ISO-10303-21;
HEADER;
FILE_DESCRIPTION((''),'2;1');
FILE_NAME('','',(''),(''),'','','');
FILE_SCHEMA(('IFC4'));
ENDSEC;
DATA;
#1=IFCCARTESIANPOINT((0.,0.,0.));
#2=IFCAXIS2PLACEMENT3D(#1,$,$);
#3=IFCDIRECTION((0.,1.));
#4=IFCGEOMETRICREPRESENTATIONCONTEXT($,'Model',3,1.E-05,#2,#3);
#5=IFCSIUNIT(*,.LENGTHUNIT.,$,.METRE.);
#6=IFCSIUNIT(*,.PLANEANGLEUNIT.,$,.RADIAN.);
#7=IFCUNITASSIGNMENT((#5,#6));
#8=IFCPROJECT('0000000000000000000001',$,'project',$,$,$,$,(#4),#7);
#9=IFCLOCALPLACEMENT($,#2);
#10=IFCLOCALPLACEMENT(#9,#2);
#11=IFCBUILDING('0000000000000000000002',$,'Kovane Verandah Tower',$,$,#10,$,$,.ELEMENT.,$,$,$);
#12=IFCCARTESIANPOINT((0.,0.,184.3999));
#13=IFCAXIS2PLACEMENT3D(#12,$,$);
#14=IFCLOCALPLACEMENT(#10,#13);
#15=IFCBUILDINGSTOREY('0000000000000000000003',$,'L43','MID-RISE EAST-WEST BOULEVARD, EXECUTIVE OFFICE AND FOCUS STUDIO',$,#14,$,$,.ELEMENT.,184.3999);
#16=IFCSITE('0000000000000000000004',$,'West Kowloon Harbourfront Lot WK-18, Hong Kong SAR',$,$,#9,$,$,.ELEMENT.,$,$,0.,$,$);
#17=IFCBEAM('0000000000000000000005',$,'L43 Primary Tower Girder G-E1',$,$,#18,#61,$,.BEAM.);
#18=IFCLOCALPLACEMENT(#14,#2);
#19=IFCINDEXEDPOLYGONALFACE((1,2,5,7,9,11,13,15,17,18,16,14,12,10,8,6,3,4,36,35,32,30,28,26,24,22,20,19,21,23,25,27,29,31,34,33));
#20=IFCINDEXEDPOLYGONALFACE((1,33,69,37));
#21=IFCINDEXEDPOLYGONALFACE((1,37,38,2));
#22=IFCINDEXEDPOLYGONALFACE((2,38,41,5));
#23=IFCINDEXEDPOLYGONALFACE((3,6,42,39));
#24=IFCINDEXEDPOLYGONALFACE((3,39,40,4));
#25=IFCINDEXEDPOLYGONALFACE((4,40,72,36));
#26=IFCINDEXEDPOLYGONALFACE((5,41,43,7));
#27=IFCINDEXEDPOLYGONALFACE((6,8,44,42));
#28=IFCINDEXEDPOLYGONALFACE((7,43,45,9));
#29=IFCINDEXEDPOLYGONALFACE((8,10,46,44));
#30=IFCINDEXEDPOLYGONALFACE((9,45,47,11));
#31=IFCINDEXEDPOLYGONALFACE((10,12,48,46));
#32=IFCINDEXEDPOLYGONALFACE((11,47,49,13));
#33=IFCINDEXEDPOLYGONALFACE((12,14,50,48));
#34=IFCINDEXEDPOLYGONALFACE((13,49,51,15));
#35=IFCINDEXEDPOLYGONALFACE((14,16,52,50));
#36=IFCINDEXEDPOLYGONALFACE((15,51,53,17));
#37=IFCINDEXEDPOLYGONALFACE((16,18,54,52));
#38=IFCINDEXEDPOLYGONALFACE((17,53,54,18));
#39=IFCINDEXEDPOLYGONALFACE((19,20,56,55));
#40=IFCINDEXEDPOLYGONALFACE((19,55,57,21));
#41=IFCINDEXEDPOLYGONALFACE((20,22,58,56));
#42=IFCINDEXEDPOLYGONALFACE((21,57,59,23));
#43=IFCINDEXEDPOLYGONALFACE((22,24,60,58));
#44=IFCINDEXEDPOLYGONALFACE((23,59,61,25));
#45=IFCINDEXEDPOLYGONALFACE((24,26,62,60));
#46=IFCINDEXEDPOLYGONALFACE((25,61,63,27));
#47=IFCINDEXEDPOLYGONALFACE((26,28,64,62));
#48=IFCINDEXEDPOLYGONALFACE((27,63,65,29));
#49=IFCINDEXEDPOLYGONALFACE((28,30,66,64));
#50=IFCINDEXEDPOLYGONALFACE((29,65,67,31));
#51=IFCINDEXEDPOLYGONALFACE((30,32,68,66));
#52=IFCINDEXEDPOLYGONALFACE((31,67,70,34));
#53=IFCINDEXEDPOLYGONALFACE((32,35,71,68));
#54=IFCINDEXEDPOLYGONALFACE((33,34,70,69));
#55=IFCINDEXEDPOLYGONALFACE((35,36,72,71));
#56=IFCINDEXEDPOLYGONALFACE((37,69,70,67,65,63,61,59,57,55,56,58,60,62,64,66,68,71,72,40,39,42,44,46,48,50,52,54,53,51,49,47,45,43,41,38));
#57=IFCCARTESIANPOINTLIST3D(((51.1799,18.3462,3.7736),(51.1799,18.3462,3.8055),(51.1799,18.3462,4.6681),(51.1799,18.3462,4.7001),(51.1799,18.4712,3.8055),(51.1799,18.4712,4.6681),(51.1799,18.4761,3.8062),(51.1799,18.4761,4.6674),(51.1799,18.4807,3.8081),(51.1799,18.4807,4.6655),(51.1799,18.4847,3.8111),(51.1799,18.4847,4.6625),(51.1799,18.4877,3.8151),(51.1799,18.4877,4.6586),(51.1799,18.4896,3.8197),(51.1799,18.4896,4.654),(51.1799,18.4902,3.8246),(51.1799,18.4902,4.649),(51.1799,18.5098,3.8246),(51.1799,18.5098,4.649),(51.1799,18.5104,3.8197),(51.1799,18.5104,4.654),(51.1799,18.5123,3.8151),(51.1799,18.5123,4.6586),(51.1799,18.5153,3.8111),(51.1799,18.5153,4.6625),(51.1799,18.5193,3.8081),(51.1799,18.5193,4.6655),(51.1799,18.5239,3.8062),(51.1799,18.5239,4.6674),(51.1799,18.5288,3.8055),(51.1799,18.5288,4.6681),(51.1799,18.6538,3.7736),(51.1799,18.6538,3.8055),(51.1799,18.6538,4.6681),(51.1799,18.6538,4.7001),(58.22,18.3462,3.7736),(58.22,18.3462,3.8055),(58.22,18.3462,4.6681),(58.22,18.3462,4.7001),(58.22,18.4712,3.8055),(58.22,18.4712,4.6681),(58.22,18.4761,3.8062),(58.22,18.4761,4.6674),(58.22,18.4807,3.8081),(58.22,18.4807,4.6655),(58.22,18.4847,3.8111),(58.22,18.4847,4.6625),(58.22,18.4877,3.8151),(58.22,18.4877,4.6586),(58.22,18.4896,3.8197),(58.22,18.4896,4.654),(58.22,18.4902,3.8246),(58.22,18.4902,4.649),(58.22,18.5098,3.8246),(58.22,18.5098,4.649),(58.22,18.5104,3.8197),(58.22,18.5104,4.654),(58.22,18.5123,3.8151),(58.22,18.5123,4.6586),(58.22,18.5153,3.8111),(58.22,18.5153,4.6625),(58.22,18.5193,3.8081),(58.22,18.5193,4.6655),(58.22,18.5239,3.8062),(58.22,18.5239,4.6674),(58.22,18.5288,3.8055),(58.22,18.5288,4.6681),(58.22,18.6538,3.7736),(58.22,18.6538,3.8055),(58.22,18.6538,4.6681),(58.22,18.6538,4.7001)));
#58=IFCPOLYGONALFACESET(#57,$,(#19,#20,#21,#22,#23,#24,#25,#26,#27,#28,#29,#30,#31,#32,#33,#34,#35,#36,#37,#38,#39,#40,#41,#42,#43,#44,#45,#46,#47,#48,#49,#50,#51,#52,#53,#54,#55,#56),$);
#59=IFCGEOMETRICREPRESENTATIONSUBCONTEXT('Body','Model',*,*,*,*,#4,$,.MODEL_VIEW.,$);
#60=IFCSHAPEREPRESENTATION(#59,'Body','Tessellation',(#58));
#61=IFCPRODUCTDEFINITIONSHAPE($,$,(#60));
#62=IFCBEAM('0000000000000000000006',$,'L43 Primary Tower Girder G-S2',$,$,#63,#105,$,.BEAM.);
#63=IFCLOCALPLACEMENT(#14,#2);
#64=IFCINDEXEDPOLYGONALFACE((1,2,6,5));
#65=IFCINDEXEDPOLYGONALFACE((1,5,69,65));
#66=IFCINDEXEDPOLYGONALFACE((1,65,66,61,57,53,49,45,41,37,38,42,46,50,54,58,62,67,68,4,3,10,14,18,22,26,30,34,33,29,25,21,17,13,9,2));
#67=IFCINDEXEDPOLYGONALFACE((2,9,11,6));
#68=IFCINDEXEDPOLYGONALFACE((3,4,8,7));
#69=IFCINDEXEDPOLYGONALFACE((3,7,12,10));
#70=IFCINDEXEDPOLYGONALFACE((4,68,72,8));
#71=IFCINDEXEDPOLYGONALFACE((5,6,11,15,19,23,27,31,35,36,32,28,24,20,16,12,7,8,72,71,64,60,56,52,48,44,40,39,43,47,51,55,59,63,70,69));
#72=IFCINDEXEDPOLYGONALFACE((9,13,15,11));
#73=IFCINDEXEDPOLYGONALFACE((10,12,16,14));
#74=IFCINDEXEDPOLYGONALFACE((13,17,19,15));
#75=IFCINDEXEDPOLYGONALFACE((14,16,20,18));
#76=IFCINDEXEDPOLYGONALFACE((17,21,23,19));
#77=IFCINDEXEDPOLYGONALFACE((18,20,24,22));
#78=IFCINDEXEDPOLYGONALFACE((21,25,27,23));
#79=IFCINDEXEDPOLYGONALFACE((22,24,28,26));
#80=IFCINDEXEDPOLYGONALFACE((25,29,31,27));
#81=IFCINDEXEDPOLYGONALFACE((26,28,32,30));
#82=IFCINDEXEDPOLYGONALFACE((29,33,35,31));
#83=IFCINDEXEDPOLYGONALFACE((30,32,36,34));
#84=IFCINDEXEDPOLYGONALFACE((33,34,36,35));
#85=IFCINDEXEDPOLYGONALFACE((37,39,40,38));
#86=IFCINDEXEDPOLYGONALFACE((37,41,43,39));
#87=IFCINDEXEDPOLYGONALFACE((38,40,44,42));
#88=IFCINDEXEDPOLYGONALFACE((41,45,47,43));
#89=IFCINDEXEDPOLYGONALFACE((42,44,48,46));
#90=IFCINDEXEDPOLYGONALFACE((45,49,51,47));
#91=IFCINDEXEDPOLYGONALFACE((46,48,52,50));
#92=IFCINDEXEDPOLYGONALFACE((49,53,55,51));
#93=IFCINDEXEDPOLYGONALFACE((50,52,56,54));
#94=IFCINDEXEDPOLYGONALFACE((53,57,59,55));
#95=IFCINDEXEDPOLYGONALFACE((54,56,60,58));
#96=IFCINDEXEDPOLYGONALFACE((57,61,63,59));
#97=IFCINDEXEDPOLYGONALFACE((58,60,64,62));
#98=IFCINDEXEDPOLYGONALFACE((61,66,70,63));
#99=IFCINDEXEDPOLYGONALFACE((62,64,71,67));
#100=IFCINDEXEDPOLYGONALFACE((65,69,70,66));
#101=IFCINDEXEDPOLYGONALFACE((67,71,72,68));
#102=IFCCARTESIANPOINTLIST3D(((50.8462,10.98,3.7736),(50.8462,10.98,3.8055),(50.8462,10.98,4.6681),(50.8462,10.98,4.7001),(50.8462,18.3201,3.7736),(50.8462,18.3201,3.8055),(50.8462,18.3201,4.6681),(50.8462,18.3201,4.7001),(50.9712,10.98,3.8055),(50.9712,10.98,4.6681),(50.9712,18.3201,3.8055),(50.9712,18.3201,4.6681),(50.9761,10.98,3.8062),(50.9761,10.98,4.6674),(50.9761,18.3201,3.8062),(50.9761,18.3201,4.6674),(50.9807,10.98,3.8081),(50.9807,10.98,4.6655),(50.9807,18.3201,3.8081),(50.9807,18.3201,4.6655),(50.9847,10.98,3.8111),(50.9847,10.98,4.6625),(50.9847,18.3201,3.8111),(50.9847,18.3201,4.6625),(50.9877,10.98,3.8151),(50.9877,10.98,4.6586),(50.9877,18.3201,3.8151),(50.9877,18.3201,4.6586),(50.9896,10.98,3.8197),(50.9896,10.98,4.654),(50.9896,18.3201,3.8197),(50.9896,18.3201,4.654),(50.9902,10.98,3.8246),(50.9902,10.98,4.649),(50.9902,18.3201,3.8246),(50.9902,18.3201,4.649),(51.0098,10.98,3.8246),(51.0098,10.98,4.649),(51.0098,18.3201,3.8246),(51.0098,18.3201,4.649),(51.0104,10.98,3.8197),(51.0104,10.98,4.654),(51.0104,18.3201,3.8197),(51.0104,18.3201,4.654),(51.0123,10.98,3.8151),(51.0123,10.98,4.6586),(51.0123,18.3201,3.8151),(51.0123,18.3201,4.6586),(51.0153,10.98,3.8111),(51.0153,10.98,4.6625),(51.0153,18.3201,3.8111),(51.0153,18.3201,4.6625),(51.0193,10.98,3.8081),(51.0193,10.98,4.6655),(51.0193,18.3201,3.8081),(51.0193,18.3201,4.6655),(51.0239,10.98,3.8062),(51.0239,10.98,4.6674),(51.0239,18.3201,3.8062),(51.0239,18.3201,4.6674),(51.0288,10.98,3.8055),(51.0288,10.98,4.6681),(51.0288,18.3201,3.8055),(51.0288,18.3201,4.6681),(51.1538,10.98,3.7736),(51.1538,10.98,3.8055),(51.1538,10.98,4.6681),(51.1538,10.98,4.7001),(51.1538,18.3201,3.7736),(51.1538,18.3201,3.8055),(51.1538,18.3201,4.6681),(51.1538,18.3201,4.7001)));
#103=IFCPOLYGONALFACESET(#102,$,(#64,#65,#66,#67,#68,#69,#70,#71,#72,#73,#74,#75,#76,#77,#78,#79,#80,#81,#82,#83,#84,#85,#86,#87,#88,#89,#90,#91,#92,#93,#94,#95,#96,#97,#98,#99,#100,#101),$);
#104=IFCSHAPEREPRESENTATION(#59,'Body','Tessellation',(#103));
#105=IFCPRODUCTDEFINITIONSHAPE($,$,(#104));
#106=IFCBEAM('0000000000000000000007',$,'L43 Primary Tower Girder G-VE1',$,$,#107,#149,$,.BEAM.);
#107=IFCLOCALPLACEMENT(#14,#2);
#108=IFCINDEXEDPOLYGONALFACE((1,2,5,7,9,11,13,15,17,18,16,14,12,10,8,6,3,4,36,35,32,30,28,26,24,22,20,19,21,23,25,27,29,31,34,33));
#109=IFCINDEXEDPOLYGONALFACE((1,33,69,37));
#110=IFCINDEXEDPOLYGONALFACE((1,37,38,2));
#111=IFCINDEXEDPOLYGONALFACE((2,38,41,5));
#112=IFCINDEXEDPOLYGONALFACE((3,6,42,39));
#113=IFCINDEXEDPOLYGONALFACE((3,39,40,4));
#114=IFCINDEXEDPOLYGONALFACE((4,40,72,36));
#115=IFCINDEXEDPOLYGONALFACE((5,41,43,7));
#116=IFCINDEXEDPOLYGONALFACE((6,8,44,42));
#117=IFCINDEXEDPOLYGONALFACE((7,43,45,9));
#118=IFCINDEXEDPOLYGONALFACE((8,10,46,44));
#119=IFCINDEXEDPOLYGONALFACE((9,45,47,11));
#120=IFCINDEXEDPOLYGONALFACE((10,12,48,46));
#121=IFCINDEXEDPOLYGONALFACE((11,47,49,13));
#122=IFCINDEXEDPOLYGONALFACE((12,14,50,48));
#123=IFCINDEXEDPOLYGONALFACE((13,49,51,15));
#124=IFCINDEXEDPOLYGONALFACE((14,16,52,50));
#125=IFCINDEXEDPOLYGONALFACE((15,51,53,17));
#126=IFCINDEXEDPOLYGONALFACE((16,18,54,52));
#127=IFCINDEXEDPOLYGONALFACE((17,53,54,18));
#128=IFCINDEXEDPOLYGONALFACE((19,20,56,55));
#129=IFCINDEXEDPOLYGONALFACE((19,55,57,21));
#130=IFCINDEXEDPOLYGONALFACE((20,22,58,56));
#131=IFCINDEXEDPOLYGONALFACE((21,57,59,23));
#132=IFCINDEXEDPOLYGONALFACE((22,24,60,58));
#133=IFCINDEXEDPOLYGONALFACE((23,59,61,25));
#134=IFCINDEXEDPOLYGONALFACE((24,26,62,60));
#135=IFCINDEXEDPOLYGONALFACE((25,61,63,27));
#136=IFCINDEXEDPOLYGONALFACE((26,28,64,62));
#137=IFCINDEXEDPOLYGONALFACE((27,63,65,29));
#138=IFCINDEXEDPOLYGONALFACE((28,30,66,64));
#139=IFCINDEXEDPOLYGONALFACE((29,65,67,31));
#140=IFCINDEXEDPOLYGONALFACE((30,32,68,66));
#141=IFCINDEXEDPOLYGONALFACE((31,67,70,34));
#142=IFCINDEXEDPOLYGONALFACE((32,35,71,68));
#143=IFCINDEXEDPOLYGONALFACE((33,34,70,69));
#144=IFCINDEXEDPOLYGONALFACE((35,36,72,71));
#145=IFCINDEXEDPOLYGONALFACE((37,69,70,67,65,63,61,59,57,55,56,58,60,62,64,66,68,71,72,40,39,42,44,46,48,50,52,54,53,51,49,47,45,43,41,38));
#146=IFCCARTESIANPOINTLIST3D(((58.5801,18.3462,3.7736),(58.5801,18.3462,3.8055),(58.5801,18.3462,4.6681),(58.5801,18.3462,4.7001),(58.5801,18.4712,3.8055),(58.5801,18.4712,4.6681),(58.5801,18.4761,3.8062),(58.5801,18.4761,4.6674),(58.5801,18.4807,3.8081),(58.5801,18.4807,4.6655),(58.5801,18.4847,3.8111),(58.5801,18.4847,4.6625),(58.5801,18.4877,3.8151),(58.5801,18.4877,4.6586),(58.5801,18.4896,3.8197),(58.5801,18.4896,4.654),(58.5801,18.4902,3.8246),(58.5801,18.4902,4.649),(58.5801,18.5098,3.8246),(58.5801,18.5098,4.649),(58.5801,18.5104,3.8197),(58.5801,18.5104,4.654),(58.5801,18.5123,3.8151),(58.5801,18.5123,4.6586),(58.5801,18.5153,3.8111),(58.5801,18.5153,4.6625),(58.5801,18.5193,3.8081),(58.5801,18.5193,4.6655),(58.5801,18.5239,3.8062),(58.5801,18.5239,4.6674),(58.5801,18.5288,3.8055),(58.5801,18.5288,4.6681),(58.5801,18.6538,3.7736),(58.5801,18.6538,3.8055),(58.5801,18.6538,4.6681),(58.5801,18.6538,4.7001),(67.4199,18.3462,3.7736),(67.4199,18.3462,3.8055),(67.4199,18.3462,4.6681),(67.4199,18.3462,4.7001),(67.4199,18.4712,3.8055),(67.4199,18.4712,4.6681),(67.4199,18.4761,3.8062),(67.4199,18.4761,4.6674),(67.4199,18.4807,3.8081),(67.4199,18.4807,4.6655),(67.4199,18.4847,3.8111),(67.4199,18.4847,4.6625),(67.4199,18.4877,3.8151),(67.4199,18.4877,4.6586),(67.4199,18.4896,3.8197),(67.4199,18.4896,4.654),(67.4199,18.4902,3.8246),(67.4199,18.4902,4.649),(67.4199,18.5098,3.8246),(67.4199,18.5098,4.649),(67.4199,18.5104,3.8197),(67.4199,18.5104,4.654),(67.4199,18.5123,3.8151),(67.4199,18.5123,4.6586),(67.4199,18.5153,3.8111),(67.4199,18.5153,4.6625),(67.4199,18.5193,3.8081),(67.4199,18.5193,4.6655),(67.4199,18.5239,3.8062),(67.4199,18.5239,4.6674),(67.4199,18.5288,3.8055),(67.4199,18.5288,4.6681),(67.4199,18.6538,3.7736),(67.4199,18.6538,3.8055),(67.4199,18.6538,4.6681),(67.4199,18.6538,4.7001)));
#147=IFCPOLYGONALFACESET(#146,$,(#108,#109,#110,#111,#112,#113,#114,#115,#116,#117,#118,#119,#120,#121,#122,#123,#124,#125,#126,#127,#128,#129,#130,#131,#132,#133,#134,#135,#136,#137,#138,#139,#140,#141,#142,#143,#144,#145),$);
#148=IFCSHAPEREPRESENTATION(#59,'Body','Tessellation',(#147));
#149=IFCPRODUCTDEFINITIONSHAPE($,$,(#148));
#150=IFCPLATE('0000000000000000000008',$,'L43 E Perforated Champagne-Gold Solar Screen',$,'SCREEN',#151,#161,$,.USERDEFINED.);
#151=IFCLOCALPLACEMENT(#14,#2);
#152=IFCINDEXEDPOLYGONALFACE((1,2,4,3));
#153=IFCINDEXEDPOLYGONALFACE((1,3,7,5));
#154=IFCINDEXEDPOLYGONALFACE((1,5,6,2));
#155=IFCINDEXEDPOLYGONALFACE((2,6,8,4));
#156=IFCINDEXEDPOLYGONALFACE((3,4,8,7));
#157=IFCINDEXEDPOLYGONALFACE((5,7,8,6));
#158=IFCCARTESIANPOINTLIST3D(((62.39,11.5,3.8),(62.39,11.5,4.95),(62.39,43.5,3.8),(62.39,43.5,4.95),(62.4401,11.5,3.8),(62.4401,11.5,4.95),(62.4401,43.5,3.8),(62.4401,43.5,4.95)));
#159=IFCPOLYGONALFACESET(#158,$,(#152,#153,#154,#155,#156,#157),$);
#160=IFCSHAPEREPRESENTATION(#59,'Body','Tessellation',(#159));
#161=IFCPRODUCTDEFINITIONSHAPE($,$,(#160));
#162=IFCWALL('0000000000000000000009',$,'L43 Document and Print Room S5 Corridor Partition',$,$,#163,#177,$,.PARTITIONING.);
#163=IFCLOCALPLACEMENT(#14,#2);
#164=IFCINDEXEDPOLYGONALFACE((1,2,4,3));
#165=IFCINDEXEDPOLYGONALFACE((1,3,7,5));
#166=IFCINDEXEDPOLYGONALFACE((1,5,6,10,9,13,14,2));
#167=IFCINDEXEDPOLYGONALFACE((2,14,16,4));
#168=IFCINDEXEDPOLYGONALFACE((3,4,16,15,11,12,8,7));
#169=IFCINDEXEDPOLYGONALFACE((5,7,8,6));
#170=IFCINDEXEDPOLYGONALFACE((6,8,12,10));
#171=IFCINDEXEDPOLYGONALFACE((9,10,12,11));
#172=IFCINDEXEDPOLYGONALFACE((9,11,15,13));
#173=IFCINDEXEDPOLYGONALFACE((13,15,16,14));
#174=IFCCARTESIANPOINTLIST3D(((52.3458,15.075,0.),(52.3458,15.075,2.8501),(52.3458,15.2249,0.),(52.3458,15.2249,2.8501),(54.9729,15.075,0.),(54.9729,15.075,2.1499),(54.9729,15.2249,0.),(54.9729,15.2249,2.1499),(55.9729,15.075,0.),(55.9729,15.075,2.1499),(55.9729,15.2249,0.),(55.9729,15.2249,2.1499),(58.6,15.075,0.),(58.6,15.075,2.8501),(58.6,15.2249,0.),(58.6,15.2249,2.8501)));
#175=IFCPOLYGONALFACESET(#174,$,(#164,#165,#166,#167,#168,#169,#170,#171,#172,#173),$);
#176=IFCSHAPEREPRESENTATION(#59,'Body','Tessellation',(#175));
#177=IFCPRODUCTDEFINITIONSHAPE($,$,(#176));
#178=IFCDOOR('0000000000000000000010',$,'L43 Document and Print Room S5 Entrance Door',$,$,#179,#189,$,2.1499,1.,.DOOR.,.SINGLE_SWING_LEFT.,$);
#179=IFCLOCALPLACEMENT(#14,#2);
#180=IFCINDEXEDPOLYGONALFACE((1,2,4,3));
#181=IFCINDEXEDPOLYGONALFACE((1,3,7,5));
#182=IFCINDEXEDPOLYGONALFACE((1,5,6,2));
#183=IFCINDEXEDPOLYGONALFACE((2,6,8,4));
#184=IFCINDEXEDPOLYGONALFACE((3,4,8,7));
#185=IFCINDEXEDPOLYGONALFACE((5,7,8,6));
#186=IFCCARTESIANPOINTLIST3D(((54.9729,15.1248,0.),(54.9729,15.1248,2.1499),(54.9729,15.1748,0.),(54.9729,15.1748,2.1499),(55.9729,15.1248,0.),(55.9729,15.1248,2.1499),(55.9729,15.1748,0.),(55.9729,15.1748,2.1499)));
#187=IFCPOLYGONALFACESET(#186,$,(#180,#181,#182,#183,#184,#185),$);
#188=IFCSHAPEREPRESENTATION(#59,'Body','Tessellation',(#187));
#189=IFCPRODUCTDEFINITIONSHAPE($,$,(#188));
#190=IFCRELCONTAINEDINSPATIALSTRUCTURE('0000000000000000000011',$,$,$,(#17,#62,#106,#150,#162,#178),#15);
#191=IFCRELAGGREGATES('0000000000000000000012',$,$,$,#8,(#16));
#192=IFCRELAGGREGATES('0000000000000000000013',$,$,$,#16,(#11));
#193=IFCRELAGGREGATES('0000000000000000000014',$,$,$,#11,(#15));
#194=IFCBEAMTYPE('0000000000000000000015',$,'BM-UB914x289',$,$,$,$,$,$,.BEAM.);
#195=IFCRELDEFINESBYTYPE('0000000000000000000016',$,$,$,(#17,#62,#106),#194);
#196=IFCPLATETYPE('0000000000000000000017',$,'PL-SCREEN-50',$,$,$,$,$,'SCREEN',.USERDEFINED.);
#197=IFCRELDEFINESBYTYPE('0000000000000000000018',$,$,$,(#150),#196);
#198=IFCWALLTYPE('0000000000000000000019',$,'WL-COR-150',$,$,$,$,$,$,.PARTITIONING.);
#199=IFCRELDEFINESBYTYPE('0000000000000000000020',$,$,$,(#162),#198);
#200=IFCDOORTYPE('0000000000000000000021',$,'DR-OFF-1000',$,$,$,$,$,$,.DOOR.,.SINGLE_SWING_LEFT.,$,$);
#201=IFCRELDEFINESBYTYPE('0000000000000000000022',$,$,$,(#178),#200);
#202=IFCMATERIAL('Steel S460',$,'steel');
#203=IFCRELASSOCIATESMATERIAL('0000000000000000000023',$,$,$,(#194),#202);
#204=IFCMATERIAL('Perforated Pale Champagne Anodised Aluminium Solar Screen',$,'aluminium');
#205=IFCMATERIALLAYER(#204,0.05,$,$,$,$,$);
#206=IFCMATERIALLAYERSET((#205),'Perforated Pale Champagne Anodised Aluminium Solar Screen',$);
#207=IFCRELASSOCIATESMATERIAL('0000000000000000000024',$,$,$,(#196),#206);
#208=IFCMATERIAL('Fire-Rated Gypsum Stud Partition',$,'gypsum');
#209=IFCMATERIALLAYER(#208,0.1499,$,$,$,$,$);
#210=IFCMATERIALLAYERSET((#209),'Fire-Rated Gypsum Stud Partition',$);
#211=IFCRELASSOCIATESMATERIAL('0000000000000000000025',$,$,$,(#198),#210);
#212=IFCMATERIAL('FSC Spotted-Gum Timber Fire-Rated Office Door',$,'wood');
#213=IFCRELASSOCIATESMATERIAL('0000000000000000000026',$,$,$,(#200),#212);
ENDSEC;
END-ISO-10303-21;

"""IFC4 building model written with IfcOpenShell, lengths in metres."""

from ifc_helpers import new_model, si_unit, direction, frame, frame_2d, origin, origin_2d, place, context, subcontext, project, spatial, rectangle, i_section, extrude, material, layer, layer_set, material_profile, profile_set, type_object, element, fill, save


model = new_model("IFC4")

# Units and contexts
model_context = context("Model", 3, precision=1e-05, world=origin(), true_north=direction((0.0, 1.0)))
body_context = subcontext(model_context, "Body", "Model", "MODEL_VIEW")
ifc_project = project(units=[si_unit("LENGTHUNIT", "METRE"), si_unit("PLANEANGLEUNIT", "RADIAN")], contexts=[model_context])

# Site, building, storey
site_placement = place(None, origin())
site = spatial("IfcSite", under=ifc_project, at=site_placement, Name="West Kowloon Harbourfront Lot WK-18, Hong Kong SAR", CompositionType="ELEMENT", RefElevation=0.0)
building_placement = place(site_placement, origin())
building = spatial("IfcBuilding", under=site, at=building_placement, Name="Kovane Verandah Tower", CompositionType="ELEMENT")
storey_placement = place(building_placement, frame((0.0, 0.0, 184.3999)))
storey = spatial("IfcBuildingStorey", under=building, at=storey_placement, Name="L43", Description="MID-RISE EAST-WEST BOULEVARD, EXECUTIVE OFFICE AND FOCUS STUDIO", CompositionType="ELEMENT", Elevation=184.3999)

# Shared definitions
ifc_material_1 = material(Name="Steel S460", Category="steel")

# Beams
ifc_material_profile_1 = material_profile(ifc_material_1, i_section(OverallWidth=0.3076, OverallDepth=0.9265, WebThickness=0.0195, FlangeThickness=0.032, FilletRadius=0.019, at=origin_2d()), Name="UB914x305x289")
ifc_profile_set_1 = profile_set([ifc_material_profile_1], Name="Steel S460")
beam_type_1 = type_object("IfcBeamType", Name="BM-UB914x289", PredefinedType="BEAM", material=ifc_profile_set_1)
beam_1_placement = place(storey_placement, frame((51.1799, 18.5, 4.2368), z_axis=(1.0, 0.0, 0.0), x_axis=(0.0, 1.0, 0.0)))
element("IfcBeam", 1, at=beam_1_placement, inside=storey, type_object=beam_type_1, Name="L43 Primary Tower Girder G-E1", PredefinedType="BEAM", context=body_context, shape_type="SweptSolid", body=[
    extrude(i_section(OverallWidth=0.3076, OverallDepth=0.9265, WebThickness=0.0195, FlangeThickness=0.032, FilletRadius=0.019, at=origin_2d()), origin(), (0.0, 0.0, 1.0), 7.04),
])
beam_2_placement = place(storey_placement, frame((51.0, 18.3201, 4.2368), z_axis=(0.0, -1.0, 0.0), x_axis=(1.0, 0.0, 0.0)))
element("IfcBeam", 2, at=beam_2_placement, inside=storey, type_object=beam_type_1, Name="L43 Primary Tower Girder G-S2", PredefinedType="BEAM", context=body_context, shape_type="SweptSolid", body=[
    extrude(i_section(OverallWidth=0.3076, OverallDepth=0.9265, WebThickness=0.0195, FlangeThickness=0.032, FilletRadius=0.019, at=origin_2d()), origin(), (0.0, 0.0, 1.0), 7.3401),
])
beam_3_placement = place(storey_placement, frame((58.5801, 18.5, 4.2368), z_axis=(1.0, 0.0, 0.0), x_axis=(0.0, 1.0, 0.0)))
element("IfcBeam", 3, at=beam_3_placement, inside=storey, type_object=beam_type_1, Name="L43 Primary Tower Girder G-VE1", PredefinedType="BEAM", context=body_context, shape_type="SweptSolid", body=[
    extrude(i_section(OverallWidth=0.3076, OverallDepth=0.9265, WebThickness=0.0195, FlangeThickness=0.032, FilletRadius=0.019, at=origin_2d()), origin(), (0.0, 0.0, 1.0), 8.8398),
])

# Plate
ifc_material_2 = material(Name="Perforated Pale Champagne Anodised Aluminium Solar Screen", Category="aluminium")
ifc_layer_1 = layer(ifc_material_2, 0.05)
ifc_layer_set_1 = layer_set([ifc_layer_1], Name="Perforated Pale Champagne Anodised Aluminium Solar Screen")
plate_type = type_object("IfcPlateType", Name="PL-SCREEN-50", ElementType="SCREEN", PredefinedType="USERDEFINED", material=ifc_layer_set_1)
plate_placement = place(storey_placement, frame((62.415, 27.5, 3.8), z_axis=(0.0, 0.0, 1.0), x_axis=(0.0, 1.0, 0.0)))
element("IfcPlate", 4, at=plate_placement, inside=storey, type_object=plate_type, Name="L43 E Perforated Champagne-Gold Solar Screen", ObjectType="SCREEN", PredefinedType="USERDEFINED", context=body_context, shape_type="SweptSolid", body=[
    extrude(rectangle(XDim=32.0, YDim=0.05, at=origin_2d()), origin(), (0.0, 0.0, 1.0), 1.1499),
])

# Wall, opening, door
ifc_material_3 = material(Name="Fire-Rated Gypsum Stud Partition", Category="gypsum")
ifc_layer_2 = layer(ifc_material_3, 0.1499)
ifc_layer_set_2 = layer_set([ifc_layer_2], Name="Fire-Rated Gypsum Stud Partition")
wall_type_1 = type_object("IfcWallType", Name="WL-COR-150", PredefinedType="PARTITIONING", material=ifc_layer_set_2)
wall_1_placement = place(storey_placement, frame((52.3459, 15.1499, 0.0), z_axis=(0.0, 0.0, 1.0), x_axis=(1.0, 0.0, 0.0)))
wall_1 = element("IfcWall", 5, at=wall_1_placement, inside=storey, type_object=wall_type_1, Name="L43 Document and Print Room S5 Corridor Partition", PredefinedType="PARTITIONING", context=body_context, shape_type="SweptSolid", body=[
    extrude(rectangle(XDim=6.2542, YDim=0.1499, at=frame_2d((3.127, 0.0))), origin(), (0.0, 0.0, 1.0), 2.8501),
])
opening_1_placement = place(wall_1_placement, frame((2.627, 0.0, 0.0)))
opening_1 = element("IfcOpeningElement", 6, at=opening_1_placement, cuts=wall_1, PredefinedType="OPENING", context=body_context, shape_type="SweptSolid", body=[
    extrude(rectangle(XDim=1.0, YDim=2.1499, at=frame_2d((0.5, 1.075))), frame((0.0, 0.075, 0.0), z_axis=(0.0, -1.0, 0.0), x_axis=(1.0, 0.0, 0.0)), (0.0, 0.0, 1.0), 0.1499),
])
ifc_material_4 = material(Name="FSC Spotted-Gum Timber Fire-Rated Office Door", Category="wood")
door_type_1 = type_object("IfcDoorType", Name="DR-OFF-1000", OperationType="SINGLE_SWING_LEFT", PredefinedType="DOOR", material=ifc_material_4)
door_1_placement = place(opening_1_placement, origin())
door_1 = element("IfcDoor", 7, at=door_1_placement, inside=storey, type_object=door_type_1, Name="L43 Document and Print Room S5 Entrance Door", OperationType="SINGLE_SWING_LEFT", OverallHeight=2.1499, OverallWidth=1.0, PredefinedType="DOOR", context=body_context, shape_type="SweptSolid", body=[
    extrude(rectangle(XDim=1.0, YDim=2.1499, at=frame_2d((0.5, 1.075))), frame((0.0, 0.0249, 0.0), z_axis=(0.0, -1.0, 0.0), x_axis=(1.0, 0.0, 0.0)), (0.0, 0.0, 1.0), 0.05),
])
fill(opening_1, door_1)

save(model, "model.ifc")
